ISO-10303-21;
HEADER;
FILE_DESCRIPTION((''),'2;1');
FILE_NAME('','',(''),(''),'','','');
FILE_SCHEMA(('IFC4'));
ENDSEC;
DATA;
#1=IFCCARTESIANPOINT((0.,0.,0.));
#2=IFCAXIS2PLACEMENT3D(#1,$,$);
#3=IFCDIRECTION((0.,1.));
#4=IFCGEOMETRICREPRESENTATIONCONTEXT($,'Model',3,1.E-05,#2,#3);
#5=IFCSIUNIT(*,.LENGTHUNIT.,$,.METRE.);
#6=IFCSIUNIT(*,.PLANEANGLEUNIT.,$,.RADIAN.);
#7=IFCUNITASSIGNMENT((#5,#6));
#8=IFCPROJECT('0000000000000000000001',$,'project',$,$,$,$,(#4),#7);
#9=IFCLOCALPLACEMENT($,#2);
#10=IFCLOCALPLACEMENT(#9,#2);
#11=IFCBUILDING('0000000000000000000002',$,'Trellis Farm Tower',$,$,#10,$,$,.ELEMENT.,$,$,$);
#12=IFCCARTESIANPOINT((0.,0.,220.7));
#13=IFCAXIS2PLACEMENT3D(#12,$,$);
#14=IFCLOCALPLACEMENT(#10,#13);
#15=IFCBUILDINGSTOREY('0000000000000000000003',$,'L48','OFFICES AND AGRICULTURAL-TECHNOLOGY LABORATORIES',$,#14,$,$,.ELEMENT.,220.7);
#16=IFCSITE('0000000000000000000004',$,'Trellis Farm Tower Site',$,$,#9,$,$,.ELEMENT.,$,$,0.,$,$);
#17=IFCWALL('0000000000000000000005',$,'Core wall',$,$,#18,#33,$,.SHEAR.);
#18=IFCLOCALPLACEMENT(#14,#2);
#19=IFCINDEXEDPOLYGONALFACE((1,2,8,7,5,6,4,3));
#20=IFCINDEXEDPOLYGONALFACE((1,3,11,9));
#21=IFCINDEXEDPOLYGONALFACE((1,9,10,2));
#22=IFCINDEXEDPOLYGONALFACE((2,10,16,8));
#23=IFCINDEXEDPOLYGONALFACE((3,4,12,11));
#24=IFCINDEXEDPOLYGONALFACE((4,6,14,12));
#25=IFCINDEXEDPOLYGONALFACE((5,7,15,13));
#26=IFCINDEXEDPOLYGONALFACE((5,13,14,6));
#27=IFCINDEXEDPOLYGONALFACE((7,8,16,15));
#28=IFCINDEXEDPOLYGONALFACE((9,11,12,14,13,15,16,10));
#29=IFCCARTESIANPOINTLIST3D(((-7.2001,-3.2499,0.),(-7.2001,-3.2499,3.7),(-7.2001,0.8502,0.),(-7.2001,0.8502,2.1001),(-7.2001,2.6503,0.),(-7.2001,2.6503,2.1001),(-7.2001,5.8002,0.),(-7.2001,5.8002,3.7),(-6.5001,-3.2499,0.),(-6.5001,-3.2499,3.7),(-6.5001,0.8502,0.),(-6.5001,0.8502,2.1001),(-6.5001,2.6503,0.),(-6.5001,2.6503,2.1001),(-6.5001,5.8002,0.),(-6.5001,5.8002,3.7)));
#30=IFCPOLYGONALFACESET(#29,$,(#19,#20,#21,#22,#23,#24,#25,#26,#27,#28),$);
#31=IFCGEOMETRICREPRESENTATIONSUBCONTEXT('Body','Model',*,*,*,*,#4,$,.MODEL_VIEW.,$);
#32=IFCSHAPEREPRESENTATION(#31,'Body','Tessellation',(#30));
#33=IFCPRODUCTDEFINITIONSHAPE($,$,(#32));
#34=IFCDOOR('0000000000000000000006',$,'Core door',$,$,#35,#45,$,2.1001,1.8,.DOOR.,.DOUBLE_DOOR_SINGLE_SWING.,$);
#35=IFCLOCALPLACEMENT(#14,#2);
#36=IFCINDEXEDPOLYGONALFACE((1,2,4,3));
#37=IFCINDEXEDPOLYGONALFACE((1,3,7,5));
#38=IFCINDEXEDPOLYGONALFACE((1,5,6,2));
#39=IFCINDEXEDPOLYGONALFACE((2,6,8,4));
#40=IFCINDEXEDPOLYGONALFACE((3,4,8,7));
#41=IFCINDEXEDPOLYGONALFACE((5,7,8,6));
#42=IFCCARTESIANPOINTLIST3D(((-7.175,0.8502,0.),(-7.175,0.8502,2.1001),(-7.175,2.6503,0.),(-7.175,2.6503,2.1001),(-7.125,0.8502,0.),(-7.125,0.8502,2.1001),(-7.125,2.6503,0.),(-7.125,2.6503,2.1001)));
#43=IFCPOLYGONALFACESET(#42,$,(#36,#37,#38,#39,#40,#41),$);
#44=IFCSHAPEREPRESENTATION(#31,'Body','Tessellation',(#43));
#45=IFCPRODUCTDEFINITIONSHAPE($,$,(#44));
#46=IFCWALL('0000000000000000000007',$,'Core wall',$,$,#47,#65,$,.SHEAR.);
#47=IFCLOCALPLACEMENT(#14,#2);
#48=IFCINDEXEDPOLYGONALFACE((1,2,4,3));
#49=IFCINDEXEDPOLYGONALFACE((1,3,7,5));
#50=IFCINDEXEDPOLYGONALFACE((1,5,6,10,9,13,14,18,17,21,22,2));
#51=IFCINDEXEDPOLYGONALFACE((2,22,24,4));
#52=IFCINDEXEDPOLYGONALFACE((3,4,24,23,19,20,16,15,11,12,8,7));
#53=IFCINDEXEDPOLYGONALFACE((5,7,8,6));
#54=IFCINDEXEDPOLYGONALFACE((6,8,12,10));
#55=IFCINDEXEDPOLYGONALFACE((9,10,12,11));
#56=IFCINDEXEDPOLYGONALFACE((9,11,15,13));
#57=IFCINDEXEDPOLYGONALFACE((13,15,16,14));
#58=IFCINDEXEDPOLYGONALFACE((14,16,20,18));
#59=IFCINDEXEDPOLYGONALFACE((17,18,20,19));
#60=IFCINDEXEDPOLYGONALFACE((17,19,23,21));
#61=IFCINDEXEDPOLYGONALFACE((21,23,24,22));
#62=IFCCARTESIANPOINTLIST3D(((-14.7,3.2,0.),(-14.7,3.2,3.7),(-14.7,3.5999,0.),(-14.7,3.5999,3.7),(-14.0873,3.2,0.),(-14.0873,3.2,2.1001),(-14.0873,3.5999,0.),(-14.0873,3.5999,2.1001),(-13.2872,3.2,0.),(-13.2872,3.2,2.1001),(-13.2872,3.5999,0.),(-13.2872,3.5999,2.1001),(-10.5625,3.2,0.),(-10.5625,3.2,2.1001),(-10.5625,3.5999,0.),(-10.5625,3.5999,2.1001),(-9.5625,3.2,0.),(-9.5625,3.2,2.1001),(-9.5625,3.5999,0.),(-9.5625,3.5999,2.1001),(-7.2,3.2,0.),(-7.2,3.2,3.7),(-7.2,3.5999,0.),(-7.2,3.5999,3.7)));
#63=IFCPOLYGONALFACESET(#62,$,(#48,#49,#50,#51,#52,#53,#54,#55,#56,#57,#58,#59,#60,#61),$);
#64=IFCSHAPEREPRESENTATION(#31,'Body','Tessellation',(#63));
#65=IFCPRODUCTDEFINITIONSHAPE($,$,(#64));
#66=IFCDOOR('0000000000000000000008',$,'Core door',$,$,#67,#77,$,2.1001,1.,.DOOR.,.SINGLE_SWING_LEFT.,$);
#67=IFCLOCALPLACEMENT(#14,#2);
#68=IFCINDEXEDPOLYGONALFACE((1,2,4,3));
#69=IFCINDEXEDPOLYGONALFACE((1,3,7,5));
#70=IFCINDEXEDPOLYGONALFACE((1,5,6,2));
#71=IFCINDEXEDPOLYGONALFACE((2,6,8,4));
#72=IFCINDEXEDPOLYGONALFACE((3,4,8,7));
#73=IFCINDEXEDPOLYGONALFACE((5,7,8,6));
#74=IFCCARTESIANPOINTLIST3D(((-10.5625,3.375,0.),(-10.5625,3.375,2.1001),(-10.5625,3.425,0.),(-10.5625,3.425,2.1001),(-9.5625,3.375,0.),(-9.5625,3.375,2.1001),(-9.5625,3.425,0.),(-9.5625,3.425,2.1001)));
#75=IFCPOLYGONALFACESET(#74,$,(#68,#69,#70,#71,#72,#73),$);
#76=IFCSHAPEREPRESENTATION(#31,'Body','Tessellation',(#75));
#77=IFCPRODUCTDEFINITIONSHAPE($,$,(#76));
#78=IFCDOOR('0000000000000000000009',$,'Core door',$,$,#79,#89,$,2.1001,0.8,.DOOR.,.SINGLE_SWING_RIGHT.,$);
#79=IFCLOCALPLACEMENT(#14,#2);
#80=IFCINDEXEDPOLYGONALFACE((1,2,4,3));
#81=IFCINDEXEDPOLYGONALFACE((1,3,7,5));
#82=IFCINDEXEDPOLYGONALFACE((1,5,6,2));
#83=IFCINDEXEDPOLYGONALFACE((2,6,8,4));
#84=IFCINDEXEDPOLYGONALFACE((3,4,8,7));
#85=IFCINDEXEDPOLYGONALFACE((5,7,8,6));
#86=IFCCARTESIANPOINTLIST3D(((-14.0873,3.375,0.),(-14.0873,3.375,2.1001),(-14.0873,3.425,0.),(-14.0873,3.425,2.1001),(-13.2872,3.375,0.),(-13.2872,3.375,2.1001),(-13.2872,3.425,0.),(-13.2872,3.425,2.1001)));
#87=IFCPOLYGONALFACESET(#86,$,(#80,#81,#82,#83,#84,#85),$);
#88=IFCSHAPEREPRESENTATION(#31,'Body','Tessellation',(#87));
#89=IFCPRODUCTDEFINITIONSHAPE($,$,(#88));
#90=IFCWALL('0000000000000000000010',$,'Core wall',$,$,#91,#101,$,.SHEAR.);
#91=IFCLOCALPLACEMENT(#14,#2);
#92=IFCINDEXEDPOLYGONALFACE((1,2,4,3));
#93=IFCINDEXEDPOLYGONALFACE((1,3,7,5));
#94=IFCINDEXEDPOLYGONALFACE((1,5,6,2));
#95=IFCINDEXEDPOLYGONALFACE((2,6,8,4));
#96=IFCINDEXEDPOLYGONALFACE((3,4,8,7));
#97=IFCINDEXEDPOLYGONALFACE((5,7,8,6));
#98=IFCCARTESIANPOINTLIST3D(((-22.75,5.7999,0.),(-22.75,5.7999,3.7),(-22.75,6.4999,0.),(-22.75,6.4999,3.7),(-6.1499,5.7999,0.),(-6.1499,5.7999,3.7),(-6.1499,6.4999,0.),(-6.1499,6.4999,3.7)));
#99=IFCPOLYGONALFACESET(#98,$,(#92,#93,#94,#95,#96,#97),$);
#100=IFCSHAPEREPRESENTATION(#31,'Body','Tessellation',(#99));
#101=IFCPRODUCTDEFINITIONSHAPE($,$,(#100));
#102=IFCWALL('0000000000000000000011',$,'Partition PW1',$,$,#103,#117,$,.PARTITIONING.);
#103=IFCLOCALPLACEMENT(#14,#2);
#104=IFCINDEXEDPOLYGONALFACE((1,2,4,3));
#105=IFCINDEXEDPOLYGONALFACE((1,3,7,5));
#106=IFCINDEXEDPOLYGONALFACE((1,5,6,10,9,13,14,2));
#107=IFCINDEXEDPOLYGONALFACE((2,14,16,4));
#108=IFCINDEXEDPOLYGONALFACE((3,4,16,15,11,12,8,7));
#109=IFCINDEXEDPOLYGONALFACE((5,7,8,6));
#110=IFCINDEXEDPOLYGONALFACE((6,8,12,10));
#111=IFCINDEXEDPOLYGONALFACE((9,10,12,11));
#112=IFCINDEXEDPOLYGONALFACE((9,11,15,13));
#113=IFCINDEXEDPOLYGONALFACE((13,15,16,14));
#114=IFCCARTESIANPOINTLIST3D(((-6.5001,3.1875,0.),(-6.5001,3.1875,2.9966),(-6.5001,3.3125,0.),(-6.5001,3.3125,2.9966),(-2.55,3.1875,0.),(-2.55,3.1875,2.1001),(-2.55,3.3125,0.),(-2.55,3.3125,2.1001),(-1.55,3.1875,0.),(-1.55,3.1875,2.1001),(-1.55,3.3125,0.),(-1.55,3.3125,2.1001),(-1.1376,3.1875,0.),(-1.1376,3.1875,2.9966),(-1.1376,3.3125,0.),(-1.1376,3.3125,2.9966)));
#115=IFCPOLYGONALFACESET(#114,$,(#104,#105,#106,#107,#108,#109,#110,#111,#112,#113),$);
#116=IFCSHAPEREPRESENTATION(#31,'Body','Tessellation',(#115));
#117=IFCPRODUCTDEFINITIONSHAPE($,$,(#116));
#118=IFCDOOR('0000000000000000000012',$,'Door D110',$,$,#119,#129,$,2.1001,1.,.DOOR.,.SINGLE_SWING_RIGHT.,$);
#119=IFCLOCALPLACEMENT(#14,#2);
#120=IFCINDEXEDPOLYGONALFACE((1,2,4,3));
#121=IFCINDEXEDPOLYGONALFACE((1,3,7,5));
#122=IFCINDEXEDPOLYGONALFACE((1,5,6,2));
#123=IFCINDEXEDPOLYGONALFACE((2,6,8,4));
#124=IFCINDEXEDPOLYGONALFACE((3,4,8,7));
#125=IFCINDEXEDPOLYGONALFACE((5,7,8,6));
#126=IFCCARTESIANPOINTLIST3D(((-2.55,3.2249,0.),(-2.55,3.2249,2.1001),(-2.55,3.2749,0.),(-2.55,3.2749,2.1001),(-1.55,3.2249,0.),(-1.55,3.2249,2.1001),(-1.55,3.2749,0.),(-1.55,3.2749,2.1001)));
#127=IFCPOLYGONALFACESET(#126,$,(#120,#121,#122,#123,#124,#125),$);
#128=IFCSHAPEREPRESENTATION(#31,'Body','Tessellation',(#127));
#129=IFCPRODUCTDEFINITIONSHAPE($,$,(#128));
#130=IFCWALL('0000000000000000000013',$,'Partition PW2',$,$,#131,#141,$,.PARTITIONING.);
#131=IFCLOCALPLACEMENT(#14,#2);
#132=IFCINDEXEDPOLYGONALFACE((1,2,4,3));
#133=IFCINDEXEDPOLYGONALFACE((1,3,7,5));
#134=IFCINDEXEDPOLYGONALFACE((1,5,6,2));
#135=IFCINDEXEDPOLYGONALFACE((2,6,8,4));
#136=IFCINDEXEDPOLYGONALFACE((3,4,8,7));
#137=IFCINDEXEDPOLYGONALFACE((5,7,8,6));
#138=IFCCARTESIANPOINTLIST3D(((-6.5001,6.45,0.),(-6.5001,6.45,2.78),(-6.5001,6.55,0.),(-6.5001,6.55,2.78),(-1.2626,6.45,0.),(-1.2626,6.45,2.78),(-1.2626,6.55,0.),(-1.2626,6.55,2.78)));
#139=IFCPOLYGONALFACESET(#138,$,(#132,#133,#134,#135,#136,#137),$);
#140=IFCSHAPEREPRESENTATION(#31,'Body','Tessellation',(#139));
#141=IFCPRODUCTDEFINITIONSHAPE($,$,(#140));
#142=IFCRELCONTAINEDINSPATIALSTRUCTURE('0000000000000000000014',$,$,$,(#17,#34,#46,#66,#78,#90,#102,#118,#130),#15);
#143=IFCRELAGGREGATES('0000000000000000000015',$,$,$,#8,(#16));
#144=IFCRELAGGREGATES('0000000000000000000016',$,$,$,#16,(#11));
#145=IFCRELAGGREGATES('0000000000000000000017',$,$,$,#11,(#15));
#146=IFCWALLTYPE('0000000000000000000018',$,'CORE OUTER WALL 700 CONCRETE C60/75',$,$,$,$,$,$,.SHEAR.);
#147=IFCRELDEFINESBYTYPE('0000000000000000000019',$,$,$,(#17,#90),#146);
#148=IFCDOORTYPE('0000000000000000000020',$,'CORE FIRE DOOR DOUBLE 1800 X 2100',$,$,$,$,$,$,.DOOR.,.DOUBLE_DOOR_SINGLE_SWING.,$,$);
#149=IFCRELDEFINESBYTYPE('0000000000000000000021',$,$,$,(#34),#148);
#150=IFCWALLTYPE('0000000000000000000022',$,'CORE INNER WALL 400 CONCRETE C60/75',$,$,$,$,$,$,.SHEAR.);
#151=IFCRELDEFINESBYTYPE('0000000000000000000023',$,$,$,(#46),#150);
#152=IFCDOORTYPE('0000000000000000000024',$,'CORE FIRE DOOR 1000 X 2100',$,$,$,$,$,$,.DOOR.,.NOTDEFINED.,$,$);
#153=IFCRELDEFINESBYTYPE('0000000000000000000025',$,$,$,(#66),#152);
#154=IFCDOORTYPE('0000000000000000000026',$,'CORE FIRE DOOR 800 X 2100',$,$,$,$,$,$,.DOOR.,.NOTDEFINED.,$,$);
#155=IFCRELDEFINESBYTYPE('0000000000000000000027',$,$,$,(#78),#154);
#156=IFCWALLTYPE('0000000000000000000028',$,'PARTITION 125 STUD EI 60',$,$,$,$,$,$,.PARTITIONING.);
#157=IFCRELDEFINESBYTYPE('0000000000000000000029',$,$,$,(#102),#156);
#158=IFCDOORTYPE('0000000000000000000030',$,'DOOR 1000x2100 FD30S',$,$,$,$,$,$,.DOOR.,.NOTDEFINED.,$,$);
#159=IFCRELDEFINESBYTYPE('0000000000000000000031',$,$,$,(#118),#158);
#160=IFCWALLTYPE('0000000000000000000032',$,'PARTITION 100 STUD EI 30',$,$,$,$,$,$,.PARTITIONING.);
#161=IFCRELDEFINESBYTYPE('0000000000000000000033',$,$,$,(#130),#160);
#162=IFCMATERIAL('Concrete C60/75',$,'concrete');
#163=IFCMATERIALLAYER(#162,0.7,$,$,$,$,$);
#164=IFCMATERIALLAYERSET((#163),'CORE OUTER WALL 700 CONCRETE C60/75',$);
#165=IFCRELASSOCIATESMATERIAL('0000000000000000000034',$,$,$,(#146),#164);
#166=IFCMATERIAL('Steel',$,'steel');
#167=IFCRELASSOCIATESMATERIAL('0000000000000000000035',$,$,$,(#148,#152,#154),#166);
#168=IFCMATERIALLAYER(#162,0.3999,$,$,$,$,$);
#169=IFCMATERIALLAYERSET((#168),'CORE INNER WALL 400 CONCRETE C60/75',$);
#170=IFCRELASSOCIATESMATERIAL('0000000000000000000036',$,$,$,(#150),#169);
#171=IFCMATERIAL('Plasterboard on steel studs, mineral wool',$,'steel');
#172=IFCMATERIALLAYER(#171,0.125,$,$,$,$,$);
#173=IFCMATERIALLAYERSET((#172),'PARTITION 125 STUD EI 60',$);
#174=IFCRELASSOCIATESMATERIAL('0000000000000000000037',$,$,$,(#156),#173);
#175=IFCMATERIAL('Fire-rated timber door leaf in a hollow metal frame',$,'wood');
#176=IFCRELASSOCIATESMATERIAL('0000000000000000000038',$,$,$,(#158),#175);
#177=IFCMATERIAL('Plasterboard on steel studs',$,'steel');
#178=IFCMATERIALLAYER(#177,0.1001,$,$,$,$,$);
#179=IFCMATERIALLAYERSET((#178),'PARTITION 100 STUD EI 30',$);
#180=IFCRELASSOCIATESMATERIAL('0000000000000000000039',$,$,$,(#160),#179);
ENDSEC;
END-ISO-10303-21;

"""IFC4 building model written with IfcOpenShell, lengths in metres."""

from ifc_helpers import new_model, si_unit, direction, frame, frame_2d, origin, place, context, subcontext, project, spatial, rectangle, extrude, source, transform, mapped, material, layer, layer_set, type_object, element, fill, save


model = new_model("IFC4")

# Units and contexts
model_context = context("Model", 3, precision=1e-05, world=origin(), true_north=direction((0.0, 1.0)))
body_context = subcontext(model_context, "Body", "Model", "MODEL_VIEW")
ifc_project = project(units=[si_unit("LENGTHUNIT", "METRE"), si_unit("PLANEANGLEUNIT", "RADIAN")], contexts=[model_context])

# Site, building, storey
site_placement = place(None, origin())
site = spatial("IfcSite", under=ifc_project, at=site_placement, Name="Trellis Farm Tower Site", CompositionType="ELEMENT", RefElevation=0.0)
building_placement = place(site_placement, origin())
building = spatial("IfcBuilding", under=site, at=building_placement, Name="Trellis Farm Tower", CompositionType="ELEMENT")
storey_placement = place(building_placement, frame((0.0, 0.0, 220.7)))
storey = spatial("IfcBuildingStorey", under=building, at=storey_placement, Name="L48", Description="OFFICES AND AGRICULTURAL-TECHNOLOGY LABORATORIES", CompositionType="ELEMENT", Elevation=220.7)

# Shared definitions
ifc_material_1 = material(Name="Concrete C60/75", Category="concrete")

# Wall, opening, door
ifc_layer_1 = layer(ifc_material_1, 0.7)
ifc_layer_set_1 = layer_set([ifc_layer_1], Name="CORE OUTER WALL 700 CONCRETE C60/75")
wall_type_1 = type_object("IfcWallType", Name="CORE OUTER WALL 700 CONCRETE C60/75", PredefinedType="SHEAR", material=ifc_layer_set_1)
shared_shape_1 = source(origin(), body_context, "Body", "SweptSolid", [
    extrude(rectangle(XDim=9.05, YDim=0.7, at=frame_2d((4.5249, 0.0))), origin(), (0.0, 0.0, 1.0), 3.7),
])
wall_1_placement = place(storey_placement, frame((-6.8501, 5.8, 0.0), z_axis=(0.0, 0.0, 1.0), x_axis=(0.0, -1.0, 0.0)))
wall_1 = element("IfcWall", 1, at=wall_1_placement, inside=storey, type_object=wall_type_1, Name="Core wall", PredefinedType="SHEAR", context=body_context, shape_type="MappedRepresentation", body=[
    mapped(shared_shape_1, transform((0.0, 0.0, 0.0))),
])
shared_shape_2 = source(origin(), body_context, "Body", "SweptSolid", [
    extrude(rectangle(XDim=1.8, YDim=2.1001, at=frame_2d((0.8999, 1.05))), frame((0.0, 0.3601, 0.0), z_axis=(0.0, -1.0, 0.0), x_axis=(1.0, 0.0, 0.0)), (0.0, 0.0, 1.0), 0.7202),
])
opening_1_placement = place(wall_1_placement, frame((3.1499, 0.0, 0.0)))
opening_1 = element("IfcOpeningElement", 2, at=opening_1_placement, cuts=wall_1, PredefinedType="OPENING", context=body_context, shape_type="MappedRepresentation", body=[
    mapped(shared_shape_2, transform((0.0, 0.0, 0.0))),
])
ifc_material_2 = material(Name="Steel", Category="steel")
door_type_1 = type_object("IfcDoorType", Name="CORE FIRE DOOR DOUBLE 1800 X 2100", OperationType="DOUBLE_DOOR_SINGLE_SWING", PredefinedType="DOOR", material=ifc_material_2)
shared_shape_3 = source(origin(), body_context, "Body", "SweptSolid", [
    extrude(rectangle(XDim=1.8, YDim=2.1001, at=frame_2d((0.8999, 1.05))), frame((0.0, -0.2749, 0.0), z_axis=(0.0, -1.0, 0.0), x_axis=(1.0, 0.0, 0.0)), (0.0, 0.0, 1.0), 0.05),
])
door_1_placement = place(opening_1_placement, origin())
door_1 = element("IfcDoor", 3, at=door_1_placement, inside=storey, type_object=door_type_1, Name="Core door", OperationType="DOUBLE_DOOR_SINGLE_SWING", OverallHeight=2.1001, OverallWidth=1.8, PredefinedType="DOOR", context=body_context, shape_type="MappedRepresentation", body=[
    mapped(shared_shape_3, transform((0.0, 0.0, 0.0))),
])
fill(opening_1, door_1)

# Wall, openings, doors
ifc_layer_2 = layer(ifc_material_1, 0.3999)
ifc_layer_set_2 = layer_set([ifc_layer_2], Name="CORE INNER WALL 400 CONCRETE C60/75")
wall_type_2 = type_object("IfcWallType", Name="CORE INNER WALL 400 CONCRETE C60/75", PredefinedType="SHEAR", material=ifc_layer_set_2)
shared_shape_4 = source(origin(), body_context, "Body", "SweptSolid", [
    extrude(rectangle(XDim=7.5, YDim=0.3999, at=frame_2d((3.75, 0.0))), origin(), (0.0, 0.0, 1.0), 3.7),
])
wall_2_placement = place(storey_placement, frame((-7.2, 3.3999, 0.0), z_axis=(0.0, 0.0, 1.0), x_axis=(-1.0, 0.0, 0.0)))
wall_2 = element("IfcWall", 4, at=wall_2_placement, inside=storey, type_object=wall_type_2, Name="Core wall", PredefinedType="SHEAR", context=body_context, shape_type="MappedRepresentation", body=[
    mapped(shared_shape_4, transform((0.0, 0.0, 0.0))),
])
shared_shape_5 = source(origin(), body_context, "Body", "SweptSolid", [
    extrude(rectangle(XDim=1.0, YDim=2.1001, at=frame_2d((0.5, 1.05))), frame((0.0, 0.21, 0.0), z_axis=(0.0, -1.0, 0.0), x_axis=(1.0, 0.0, 0.0)), (0.0, 0.0, 1.0), 0.4199),
])
opening_2_placement = place(wall_2_placement, frame((2.3625, 0.0, 0.0)))
opening_2 = element("IfcOpeningElement", 5, at=opening_2_placement, cuts=wall_2, PredefinedType="OPENING", context=body_context, shape_type="MappedRepresentation", body=[
    mapped(shared_shape_5, transform((0.0, 0.0, 0.0))),
])
shared_shape_6 = source(origin(), body_context, "Body", "SweptSolid", [
    extrude(rectangle(XDim=0.8, YDim=2.1001, at=frame_2d((0.3999, 1.05))), frame((0.0, 0.21, 0.0), z_axis=(0.0, -1.0, 0.0), x_axis=(1.0, 0.0, 0.0)), (0.0, 0.0, 1.0), 0.4199),
])
opening_3_placement = place(wall_2_placement, frame((6.0874, 0.0, 0.0)))
opening_3 = element("IfcOpeningElement", 6, at=opening_3_placement, cuts=wall_2, PredefinedType="OPENING", context=body_context, shape_type="MappedRepresentation", body=[
    mapped(shared_shape_6, transform((0.0, 0.0, 0.0))),
])
door_type_2 = type_object("IfcDoorType", Name="CORE FIRE DOOR 1000 X 2100", OperationType="NOTDEFINED", PredefinedType="DOOR", material=ifc_material_2)
shared_shape_7 = source(origin(), body_context, "Body", "SweptSolid", [
    extrude(rectangle(XDim=1.0, YDim=2.1001, at=frame_2d((0.5, 1.05))), frame((0.0, 0.0249, 0.0), z_axis=(0.0, -1.0, 0.0), x_axis=(1.0, 0.0, 0.0)), (0.0, 0.0, 1.0), 0.05),
])
door_2_placement = place(opening_2_placement, origin())
door_2 = element("IfcDoor", 7, at=door_2_placement, inside=storey, type_object=door_type_2, Name="Core door", OperationType="SINGLE_SWING_LEFT", OverallHeight=2.1001, OverallWidth=1.0, PredefinedType="DOOR", context=body_context, shape_type="MappedRepresentation", body=[
    mapped(shared_shape_7, transform((0.0, 0.0, 0.0))),
])
fill(opening_2, door_2)
door_type_3 = type_object("IfcDoorType", Name="CORE FIRE DOOR 800 X 2100", OperationType="NOTDEFINED", PredefinedType="DOOR", material=ifc_material_2)
shared_shape_8 = source(origin(), body_context, "Body", "SweptSolid", [
    extrude(rectangle(XDim=0.8, YDim=2.1001, at=frame_2d((0.3999, 1.05))), frame((0.0, 0.0249, 0.0), z_axis=(0.0, -1.0, 0.0), x_axis=(1.0, 0.0, 0.0)), (0.0, 0.0, 1.0), 0.05),
])
door_3_placement = place(opening_3_placement, origin())
door_3 = element("IfcDoor", 8, at=door_3_placement, inside=storey, type_object=door_type_3, Name="Core door", OperationType="SINGLE_SWING_RIGHT", OverallHeight=2.1001, OverallWidth=0.8, PredefinedType="DOOR", context=body_context, shape_type="MappedRepresentation", body=[
    mapped(shared_shape_8, transform((0.0, 0.0, 0.0))),
])
fill(opening_3, door_3)

# Wall
shared_shape_9 = source(origin(), body_context, "Body", "SweptSolid", [
    extrude(rectangle(XDim=16.6001, YDim=0.7, at=frame_2d((8.3, 0.0))), origin(), (0.0, 0.0, 1.0), 3.7),
])
wall_3_placement = place(storey_placement, frame((-6.1499, 6.1499, 0.0), z_axis=(0.0, 0.0, 1.0), x_axis=(-1.0, 0.0, 0.0)))
element("IfcWall", 9, at=wall_3_placement, inside=storey, type_object=wall_type_1, Name="Core wall", PredefinedType="SHEAR", context=body_context, shape_type="MappedRepresentation", body=[
    mapped(shared_shape_9, transform((0.0, 0.0, 0.0))),
])

# Wall, opening, door
ifc_material_3 = material(Name="Plasterboard on steel studs, mineral wool", Category="steel")
ifc_layer_3 = layer(ifc_material_3, 0.125)
ifc_layer_set_3 = layer_set([ifc_layer_3], Name="PARTITION 125 STUD EI 60")
wall_type_3 = type_object("IfcWallType", Name="PARTITION 125 STUD EI 60", PredefinedType="PARTITIONING", material=ifc_layer_set_3)
shared_shape_10 = source(origin(), body_context, "Body", "SweptSolid", [
    extrude(rectangle(XDim=5.3625, YDim=0.125, at=frame_2d((2.6812, 0.0))), origin(), (0.0, 0.0, 1.0), 2.9966),
])
wall_4_placement = place(storey_placement, frame((-6.5, 3.25, 0.0), z_axis=(0.0, 0.0, 1.0), x_axis=(1.0, 0.0, 0.0)))
wall_4 = element("IfcWall", 10, at=wall_4_placement, inside=storey, type_object=wall_type_3, Name="Partition PW1", PredefinedType="PARTITIONING", context=body_context, shape_type="MappedRepresentation", body=[
    mapped(shared_shape_10, transform((0.0, 0.0, 0.0))),
])
shared_shape_11 = source(origin(), body_context, "Body", "SweptSolid", [
    extrude(rectangle(XDim=1.0, YDim=2.1001, at=frame_2d((0.5, 1.05))), frame((0.0, 0.0725, 0.0), z_axis=(0.0, -1.0, 0.0), x_axis=(1.0, 0.0, 0.0)), (0.0, 0.0, 1.0), 0.145),
])
opening_4_placement = place(wall_4_placement, frame((3.95, 0.0, 0.0)))
opening_4 = element("IfcOpeningElement", 11, at=opening_4_placement, cuts=wall_4, PredefinedType="OPENING", context=body_context, shape_type="MappedRepresentation", body=[
    mapped(shared_shape_11, transform((0.0, 0.0, 0.0))),
])
ifc_material_4 = material(Name="Fire-rated timber door leaf in a hollow metal frame", Category="wood")
door_type_4 = type_object("IfcDoorType", Name="DOOR 1000x2100 FD30S", OperationType="NOTDEFINED", PredefinedType="DOOR", material=ifc_material_4)
door_4_placement = place(opening_4_placement, origin())
door_4 = element("IfcDoor", 12, at=door_4_placement, inside=storey, type_object=door_type_4, Name="Door D110", OperationType="SINGLE_SWING_RIGHT", OverallHeight=2.1001, OverallWidth=1.0, PredefinedType="DOOR", context=body_context, shape_type="MappedRepresentation", body=[
    mapped(shared_shape_7, transform((0.0, 0.0, 0.0))),
])
fill(opening_4, door_4)

# Wall
ifc_material_5 = material(Name="Plasterboard on steel studs", Category="steel")
ifc_layer_4 = layer(ifc_material_5, 0.1001)
ifc_layer_set_4 = layer_set([ifc_layer_4], Name="PARTITION 100 STUD EI 30")
wall_type_4 = type_object("IfcWallType", Name="PARTITION 100 STUD EI 30", PredefinedType="PARTITIONING", material=ifc_layer_set_4)
shared_shape_12 = source(origin(), body_context, "Body", "SweptSolid", [
    extrude(rectangle(XDim=5.2375, YDim=0.1001, at=frame_2d((2.6187, 0.0))), origin(), (0.0, 0.0, 1.0), 2.78),
])
wall_5_placement = place(storey_placement, frame((-6.5, 6.5, 0.0), z_axis=(0.0, 0.0, 1.0), x_axis=(1.0, 0.0, 0.0)))
element("IfcWall", 13, at=wall_5_placement, inside=storey, type_object=wall_type_4, Name="Partition PW2", PredefinedType="PARTITIONING", context=body_context, shape_type="MappedRepresentation", body=[
    mapped(shared_shape_12, transform((0.0, 0.0, 0.0))),
])

save(model, "model.ifc")
